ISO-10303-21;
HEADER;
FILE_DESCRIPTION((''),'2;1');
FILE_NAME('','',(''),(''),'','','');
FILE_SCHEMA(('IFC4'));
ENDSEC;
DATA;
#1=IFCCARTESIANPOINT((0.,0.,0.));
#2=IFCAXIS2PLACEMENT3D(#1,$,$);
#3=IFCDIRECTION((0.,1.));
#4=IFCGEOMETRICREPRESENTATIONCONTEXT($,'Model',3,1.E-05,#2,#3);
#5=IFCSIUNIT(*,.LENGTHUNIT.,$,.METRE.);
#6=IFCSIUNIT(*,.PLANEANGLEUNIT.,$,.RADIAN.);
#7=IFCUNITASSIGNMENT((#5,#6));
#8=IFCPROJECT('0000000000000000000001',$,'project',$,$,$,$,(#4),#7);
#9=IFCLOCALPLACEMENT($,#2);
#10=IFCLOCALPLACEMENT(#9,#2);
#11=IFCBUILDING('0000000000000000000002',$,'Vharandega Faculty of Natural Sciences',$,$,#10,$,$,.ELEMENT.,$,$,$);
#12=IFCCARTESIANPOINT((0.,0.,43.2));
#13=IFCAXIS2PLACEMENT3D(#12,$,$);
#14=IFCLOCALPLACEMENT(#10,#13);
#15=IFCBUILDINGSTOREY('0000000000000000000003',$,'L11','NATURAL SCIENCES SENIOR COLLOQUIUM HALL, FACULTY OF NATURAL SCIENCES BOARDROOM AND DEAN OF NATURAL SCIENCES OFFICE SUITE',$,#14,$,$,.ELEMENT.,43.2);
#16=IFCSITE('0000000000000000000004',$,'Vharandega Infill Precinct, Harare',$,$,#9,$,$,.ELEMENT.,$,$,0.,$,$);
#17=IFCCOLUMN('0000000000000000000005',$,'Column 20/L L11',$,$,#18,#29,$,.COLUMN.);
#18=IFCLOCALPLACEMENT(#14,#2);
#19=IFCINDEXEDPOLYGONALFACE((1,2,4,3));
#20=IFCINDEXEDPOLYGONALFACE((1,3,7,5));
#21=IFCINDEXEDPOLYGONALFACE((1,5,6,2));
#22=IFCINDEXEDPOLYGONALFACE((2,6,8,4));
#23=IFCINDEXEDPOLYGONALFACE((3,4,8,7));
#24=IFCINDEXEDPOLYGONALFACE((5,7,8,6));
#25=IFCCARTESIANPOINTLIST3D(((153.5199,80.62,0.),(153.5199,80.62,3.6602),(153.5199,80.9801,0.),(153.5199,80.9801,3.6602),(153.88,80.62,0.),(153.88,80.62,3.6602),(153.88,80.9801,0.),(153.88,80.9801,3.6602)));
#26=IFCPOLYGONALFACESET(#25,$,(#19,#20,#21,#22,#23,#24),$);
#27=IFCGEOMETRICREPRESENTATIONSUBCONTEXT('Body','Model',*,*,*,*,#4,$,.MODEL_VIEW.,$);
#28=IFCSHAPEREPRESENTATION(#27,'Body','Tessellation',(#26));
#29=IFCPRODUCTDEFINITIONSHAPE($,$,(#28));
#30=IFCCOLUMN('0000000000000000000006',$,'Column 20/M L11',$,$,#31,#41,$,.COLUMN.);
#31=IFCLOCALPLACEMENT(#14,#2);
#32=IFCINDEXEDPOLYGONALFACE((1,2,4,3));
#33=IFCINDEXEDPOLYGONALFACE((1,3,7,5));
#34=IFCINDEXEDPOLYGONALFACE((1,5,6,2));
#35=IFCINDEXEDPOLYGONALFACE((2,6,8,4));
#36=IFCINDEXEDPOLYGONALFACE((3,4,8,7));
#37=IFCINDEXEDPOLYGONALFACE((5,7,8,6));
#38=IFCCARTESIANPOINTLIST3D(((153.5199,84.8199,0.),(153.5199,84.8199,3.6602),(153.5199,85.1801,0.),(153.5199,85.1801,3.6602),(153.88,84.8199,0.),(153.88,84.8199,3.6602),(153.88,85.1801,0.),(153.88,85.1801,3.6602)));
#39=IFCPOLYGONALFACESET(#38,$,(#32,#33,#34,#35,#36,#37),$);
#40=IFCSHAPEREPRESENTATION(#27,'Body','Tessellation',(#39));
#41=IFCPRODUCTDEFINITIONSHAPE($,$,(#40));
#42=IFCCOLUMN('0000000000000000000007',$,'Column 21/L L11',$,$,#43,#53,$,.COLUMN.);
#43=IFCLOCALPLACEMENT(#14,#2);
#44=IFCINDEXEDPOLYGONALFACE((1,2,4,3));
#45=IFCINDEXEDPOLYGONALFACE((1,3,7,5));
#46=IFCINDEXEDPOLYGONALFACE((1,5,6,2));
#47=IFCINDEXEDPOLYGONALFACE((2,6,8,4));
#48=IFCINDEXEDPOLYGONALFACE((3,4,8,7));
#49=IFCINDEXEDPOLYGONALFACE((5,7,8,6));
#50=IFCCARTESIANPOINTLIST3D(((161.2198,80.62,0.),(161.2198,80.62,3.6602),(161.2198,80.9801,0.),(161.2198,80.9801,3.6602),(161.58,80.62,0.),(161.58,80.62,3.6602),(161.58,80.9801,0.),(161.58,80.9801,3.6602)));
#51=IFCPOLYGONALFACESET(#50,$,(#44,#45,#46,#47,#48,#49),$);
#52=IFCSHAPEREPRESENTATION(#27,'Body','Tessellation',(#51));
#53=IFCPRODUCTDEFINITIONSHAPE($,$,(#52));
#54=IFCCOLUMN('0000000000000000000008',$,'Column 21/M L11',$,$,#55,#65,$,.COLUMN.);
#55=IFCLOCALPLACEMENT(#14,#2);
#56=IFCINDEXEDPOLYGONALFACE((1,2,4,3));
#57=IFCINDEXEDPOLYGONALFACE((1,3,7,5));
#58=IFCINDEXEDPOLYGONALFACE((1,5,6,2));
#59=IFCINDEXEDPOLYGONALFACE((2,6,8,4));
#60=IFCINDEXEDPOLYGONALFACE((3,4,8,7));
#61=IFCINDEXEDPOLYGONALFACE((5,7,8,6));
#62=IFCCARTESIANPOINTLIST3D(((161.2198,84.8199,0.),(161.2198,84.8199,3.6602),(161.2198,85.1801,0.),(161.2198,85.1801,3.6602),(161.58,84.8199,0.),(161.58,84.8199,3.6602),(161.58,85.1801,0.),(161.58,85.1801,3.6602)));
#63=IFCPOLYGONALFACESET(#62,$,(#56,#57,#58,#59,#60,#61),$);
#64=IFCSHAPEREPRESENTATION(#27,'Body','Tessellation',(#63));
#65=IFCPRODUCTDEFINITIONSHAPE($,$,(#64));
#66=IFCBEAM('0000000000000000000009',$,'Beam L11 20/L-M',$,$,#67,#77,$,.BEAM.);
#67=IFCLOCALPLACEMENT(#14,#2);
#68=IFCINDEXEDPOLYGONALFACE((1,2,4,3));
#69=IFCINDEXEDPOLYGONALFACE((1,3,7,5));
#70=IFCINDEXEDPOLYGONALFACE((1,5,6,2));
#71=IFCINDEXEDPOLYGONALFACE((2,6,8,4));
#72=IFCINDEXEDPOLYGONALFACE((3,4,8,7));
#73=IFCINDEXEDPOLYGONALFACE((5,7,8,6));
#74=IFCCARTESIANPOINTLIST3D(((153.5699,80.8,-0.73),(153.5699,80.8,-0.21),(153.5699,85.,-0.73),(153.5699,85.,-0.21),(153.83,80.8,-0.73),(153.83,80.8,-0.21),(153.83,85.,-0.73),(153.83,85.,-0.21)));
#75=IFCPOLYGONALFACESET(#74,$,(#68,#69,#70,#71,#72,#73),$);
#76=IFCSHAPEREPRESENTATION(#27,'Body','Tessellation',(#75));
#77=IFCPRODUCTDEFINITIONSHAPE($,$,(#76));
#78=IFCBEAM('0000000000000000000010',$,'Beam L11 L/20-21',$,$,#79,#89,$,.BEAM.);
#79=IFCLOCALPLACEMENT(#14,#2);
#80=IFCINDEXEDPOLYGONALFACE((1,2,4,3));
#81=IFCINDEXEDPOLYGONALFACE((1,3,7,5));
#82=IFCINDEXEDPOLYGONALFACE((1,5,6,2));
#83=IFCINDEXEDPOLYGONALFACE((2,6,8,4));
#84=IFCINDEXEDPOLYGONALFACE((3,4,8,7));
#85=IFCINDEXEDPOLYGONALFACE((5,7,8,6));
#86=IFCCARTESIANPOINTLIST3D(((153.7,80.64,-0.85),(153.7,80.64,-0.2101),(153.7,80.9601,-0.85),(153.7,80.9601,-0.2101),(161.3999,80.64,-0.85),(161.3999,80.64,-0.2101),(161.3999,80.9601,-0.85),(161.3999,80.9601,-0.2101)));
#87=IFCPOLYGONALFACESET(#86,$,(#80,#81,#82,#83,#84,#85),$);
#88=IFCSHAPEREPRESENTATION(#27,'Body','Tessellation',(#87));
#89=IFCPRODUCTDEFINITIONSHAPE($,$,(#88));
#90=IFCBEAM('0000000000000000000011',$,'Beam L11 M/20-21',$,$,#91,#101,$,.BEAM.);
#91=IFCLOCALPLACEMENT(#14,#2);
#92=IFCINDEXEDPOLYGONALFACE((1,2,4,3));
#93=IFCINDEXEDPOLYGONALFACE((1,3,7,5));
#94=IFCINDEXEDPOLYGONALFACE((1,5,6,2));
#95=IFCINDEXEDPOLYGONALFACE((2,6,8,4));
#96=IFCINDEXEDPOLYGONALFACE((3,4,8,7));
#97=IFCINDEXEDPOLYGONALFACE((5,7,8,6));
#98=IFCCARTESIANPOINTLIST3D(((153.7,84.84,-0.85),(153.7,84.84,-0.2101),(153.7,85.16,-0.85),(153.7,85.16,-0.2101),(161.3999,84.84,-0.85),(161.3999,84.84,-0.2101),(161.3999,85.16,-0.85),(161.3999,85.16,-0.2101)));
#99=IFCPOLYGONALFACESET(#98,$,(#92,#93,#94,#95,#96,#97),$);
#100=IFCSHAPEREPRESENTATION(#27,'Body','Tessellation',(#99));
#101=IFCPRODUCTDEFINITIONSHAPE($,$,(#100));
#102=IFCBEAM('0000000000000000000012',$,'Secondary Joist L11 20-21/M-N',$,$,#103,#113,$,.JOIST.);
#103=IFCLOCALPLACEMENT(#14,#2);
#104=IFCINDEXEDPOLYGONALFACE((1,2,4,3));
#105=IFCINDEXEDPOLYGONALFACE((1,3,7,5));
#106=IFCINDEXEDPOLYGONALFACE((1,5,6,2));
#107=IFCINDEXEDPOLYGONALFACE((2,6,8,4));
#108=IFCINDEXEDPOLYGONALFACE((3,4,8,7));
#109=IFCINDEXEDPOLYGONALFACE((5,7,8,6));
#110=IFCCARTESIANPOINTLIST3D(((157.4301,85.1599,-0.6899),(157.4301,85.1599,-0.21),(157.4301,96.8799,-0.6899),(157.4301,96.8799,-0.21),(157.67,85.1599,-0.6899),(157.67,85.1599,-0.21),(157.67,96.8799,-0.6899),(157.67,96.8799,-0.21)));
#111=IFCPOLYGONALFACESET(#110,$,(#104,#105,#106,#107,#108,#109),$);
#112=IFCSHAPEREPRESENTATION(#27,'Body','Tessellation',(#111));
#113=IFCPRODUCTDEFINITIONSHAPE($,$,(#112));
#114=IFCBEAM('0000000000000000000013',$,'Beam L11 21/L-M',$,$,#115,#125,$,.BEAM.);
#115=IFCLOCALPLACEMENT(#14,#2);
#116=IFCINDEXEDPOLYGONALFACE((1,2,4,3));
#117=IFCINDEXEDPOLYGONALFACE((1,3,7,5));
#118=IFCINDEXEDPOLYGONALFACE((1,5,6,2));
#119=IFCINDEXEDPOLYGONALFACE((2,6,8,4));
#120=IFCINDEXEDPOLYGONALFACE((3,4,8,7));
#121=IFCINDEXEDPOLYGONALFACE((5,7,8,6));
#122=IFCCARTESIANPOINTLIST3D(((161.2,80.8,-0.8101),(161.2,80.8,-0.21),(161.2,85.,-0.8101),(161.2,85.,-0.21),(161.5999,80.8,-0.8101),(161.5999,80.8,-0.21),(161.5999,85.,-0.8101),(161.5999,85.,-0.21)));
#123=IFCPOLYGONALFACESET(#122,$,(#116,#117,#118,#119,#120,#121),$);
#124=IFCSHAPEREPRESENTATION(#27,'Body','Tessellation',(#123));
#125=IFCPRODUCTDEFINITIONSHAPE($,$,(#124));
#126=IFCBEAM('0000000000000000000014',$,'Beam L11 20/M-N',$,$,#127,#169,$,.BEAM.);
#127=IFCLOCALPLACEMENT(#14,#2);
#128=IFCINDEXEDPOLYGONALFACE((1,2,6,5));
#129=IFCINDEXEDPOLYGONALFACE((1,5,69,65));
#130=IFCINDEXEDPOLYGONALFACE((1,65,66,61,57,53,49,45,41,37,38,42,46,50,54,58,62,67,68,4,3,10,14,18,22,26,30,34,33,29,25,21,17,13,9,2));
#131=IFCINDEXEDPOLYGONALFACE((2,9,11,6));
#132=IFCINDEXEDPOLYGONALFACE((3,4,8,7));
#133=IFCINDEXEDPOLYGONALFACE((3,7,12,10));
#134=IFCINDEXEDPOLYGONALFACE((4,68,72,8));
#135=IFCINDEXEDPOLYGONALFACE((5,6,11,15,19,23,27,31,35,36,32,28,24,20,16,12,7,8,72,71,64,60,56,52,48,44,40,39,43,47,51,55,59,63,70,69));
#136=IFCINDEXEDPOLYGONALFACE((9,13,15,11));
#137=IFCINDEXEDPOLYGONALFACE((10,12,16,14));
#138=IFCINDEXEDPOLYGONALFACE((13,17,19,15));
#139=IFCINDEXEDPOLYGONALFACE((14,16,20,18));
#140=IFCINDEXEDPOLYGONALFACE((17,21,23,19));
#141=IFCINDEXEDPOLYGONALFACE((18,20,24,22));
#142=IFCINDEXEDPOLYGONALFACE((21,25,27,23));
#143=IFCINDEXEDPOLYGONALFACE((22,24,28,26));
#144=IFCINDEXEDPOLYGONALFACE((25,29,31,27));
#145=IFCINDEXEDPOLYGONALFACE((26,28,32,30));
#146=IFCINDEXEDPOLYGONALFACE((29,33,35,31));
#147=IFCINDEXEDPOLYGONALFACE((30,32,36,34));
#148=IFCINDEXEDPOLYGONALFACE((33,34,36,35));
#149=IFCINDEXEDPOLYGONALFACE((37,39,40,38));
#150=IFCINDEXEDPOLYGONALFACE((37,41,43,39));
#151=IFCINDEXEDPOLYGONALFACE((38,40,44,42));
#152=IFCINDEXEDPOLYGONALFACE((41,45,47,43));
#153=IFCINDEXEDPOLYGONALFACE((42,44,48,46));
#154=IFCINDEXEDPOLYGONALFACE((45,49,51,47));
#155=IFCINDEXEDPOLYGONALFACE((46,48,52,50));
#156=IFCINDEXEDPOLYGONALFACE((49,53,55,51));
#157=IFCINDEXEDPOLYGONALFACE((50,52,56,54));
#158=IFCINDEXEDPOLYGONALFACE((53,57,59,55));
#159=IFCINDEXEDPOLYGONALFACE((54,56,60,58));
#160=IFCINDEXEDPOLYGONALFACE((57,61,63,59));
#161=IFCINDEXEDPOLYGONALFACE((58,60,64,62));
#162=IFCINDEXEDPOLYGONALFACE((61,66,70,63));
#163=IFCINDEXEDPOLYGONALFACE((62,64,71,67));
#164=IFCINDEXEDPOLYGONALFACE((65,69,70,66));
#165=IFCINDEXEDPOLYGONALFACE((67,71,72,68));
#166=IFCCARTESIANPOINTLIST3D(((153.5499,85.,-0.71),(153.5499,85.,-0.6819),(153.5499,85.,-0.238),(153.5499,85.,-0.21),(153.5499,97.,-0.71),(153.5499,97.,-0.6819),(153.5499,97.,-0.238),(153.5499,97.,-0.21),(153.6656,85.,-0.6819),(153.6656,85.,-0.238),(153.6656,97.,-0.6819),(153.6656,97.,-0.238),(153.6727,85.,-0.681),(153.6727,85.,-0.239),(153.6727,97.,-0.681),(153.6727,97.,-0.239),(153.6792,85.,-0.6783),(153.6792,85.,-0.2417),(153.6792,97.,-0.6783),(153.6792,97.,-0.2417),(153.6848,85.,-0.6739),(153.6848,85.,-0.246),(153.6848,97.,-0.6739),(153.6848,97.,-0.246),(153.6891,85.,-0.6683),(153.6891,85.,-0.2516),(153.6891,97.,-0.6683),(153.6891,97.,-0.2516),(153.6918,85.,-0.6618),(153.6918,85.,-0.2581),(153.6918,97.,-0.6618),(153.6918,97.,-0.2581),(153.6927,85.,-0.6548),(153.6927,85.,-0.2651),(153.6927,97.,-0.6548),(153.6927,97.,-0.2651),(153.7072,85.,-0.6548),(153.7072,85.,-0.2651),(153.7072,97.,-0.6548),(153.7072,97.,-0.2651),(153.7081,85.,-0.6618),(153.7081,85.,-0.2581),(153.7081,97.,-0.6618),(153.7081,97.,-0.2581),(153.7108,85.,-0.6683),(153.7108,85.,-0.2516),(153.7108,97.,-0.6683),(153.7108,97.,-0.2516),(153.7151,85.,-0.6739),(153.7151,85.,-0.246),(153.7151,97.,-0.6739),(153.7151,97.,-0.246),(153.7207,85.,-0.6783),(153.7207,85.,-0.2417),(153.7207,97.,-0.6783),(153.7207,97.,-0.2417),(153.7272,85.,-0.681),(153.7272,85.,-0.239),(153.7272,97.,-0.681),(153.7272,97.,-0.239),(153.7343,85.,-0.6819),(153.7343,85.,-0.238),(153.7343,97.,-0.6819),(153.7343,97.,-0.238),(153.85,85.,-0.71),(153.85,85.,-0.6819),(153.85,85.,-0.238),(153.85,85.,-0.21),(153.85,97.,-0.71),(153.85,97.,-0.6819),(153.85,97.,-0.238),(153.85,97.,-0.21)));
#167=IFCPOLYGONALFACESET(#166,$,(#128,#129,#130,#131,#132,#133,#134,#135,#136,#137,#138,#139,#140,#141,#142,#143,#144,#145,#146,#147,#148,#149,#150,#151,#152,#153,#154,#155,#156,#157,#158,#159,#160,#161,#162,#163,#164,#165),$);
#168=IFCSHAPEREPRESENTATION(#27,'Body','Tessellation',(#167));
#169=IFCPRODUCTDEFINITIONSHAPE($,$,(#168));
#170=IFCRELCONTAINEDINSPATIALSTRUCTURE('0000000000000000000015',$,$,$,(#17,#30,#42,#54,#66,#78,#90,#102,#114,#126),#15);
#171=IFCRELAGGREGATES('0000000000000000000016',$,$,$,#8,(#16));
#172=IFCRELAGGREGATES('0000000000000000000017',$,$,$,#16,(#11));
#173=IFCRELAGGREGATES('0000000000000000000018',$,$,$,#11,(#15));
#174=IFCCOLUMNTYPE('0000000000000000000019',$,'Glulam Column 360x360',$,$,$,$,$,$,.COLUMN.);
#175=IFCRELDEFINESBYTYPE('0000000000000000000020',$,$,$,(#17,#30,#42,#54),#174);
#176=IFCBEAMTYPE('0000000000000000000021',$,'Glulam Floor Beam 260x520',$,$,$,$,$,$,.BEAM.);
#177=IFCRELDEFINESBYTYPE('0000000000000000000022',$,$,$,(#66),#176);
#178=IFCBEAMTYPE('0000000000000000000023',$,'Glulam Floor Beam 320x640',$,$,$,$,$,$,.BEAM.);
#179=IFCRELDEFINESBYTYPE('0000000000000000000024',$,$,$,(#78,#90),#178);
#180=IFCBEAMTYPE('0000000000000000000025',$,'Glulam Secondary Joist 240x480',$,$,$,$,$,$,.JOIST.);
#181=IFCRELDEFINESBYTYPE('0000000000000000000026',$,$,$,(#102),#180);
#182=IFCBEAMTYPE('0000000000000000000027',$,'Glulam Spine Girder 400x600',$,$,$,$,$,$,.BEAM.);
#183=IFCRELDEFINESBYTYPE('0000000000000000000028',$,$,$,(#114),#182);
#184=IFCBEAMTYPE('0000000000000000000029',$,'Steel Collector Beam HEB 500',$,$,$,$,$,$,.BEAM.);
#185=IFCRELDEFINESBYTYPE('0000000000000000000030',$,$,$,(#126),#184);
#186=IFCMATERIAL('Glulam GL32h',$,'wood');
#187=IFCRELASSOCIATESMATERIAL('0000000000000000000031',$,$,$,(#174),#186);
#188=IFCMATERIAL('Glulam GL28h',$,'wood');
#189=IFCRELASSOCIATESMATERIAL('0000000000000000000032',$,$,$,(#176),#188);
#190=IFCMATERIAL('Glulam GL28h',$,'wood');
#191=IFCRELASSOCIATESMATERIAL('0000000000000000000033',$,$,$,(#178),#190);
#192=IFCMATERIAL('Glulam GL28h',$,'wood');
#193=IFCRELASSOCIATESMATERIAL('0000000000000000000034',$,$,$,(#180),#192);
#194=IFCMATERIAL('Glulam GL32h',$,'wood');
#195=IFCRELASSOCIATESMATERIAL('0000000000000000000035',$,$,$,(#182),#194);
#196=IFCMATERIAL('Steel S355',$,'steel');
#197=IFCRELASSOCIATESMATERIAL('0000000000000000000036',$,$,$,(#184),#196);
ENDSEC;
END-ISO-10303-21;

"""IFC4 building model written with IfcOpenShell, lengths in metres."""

from ifc_helpers import new_model, si_unit, direction, frame, origin, origin_2d, place, context, subcontext, project, spatial, rectangle, i_section, extrude, material, material_profile, profile_set, type_object, element, save


model = new_model("IFC4")

# Units and contexts
model_context = context("Model", 3, precision=1e-05, world=origin(), true_north=direction((0.0, 1.0)))
body_context = subcontext(model_context, "Body", "Model", "MODEL_VIEW")
ifc_project = project(units=[si_unit("LENGTHUNIT", "METRE"), si_unit("PLANEANGLEUNIT", "RADIAN")], contexts=[model_context])

# Site, building, storey
site_placement = place(None, origin())
site = spatial("IfcSite", under=ifc_project, at=site_placement, Name="Vharandega Infill Precinct, Harare", CompositionType="ELEMENT", RefElevation=0.0)
building_placement = place(site_placement, origin())
building = spatial("IfcBuilding", under=site, at=building_placement, Name="Vharandega Faculty of Natural Sciences", CompositionType="ELEMENT")
storey_placement = place(building_placement, frame((0.0, 0.0, 43.2)))
storey = spatial("IfcBuildingStorey", under=building, at=storey_placement, Name="L11", Description="NATURAL SCIENCES SENIOR COLLOQUIUM HALL, FACULTY OF NATURAL SCIENCES BOARDROOM AND DEAN OF NATURAL SCIENCES OFFICE SUITE", CompositionType="ELEMENT", Elevation=43.2)

# Columns
ifc_material_1 = material(Name="Glulam GL32h", Category="wood")
ifc_material_profile_1 = material_profile(ifc_material_1, rectangle(XDim=0.3601, YDim=0.3601, at=origin_2d()), Name="GL32h 360x360")
ifc_profile_set_1 = profile_set([ifc_material_profile_1], Name="Glulam GL32h")
column_type = type_object("IfcColumnType", Name="Glulam Column 360x360", PredefinedType="COLUMN", material=ifc_profile_set_1)
for number, where, z_axis, x_axis, name in (
    (1, (153.7, 80.8, 0.0), (0.0, 0.0, 1.0), (1.0, 0.0, 0.0), "Column 20/L L11"),
    (2, (153.7, 85.0, 0.0), (0.0, 0.0, 1.0), (1.0, 0.0, 0.0), "Column 20/M L11"),
    (3, (161.3999, 80.8, 0.0), (0.0, 0.0, 1.0), (1.0, 0.0, 0.0), "Column 21/L L11"),
    (4, (161.3999, 85.0, 0.0), (0.0, 0.0, 1.0), (1.0, 0.0, 0.0), "Column 21/M L11"),
):
    element("IfcColumn", number, at=place(storey_placement, frame(where, z_axis=z_axis, x_axis=x_axis)), inside=storey, type_object=column_type, Name=name, PredefinedType="COLUMN", context=body_context, shape_type="SweptSolid", body=[
        extrude(rectangle(XDim=0.3601, YDim=0.3601, at=origin_2d()), origin(), (0.0, 0.0, 1.0), 3.6602),
    ])

# Beams
ifc_material_2 = material(Name="Glulam GL28h", Category="wood")
ifc_material_profile_2 = material_profile(ifc_material_2, rectangle(XDim=0.26, YDim=0.52, at=origin_2d()), Name="GL28h 260x520")
ifc_profile_set_2 = profile_set([ifc_material_profile_2], Name="Glulam GL28h")
beam_type_1 = type_object("IfcBeamType", Name="Glulam Floor Beam 260x520", PredefinedType="BEAM", material=ifc_profile_set_2)
beam_1_placement = place(storey_placement, frame((153.7, 80.8, -0.47), z_axis=(0.0, 1.0, 0.0), x_axis=(-1.0, 0.0, 0.0)))
element("IfcBeam", 5, at=beam_1_placement, inside=storey, type_object=beam_type_1, Name="Beam L11 20/L-M", PredefinedType="BEAM", context=body_context, shape_type="SweptSolid", body=[
    extrude(rectangle(XDim=0.26, YDim=0.52, at=origin_2d()), origin(), (0.0, 0.0, 1.0), 4.2),
])
ifc_material_3 = material(Name="Glulam GL28h", Category="wood")
ifc_material_profile_3 = material_profile(ifc_material_3, rectangle(XDim=0.3201, YDim=0.6399, at=origin_2d()), Name="GL28h 320x640")
ifc_profile_set_3 = profile_set([ifc_material_profile_3], Name="Glulam GL28h")
beam_type_2 = type_object("IfcBeamType", Name="Glulam Floor Beam 320x640", PredefinedType="BEAM", material=ifc_profile_set_3)
for number, where, z_axis, x_axis, name in (
    (6, (153.7, 80.8, -0.53), (1.0, 0.0, 0.0), (0.0, 1.0, 0.0), "Beam L11 L/20-21"),
    (7, (153.7, 85.0, -0.53), (1.0, 0.0, 0.0), (0.0, 1.0, 0.0), "Beam L11 M/20-21"),
):
    element("IfcBeam", number, at=place(storey_placement, frame(where, z_axis=z_axis, x_axis=x_axis)), inside=storey, type_object=beam_type_2, Name=name, PredefinedType="BEAM", context=body_context, shape_type="SweptSolid", body=[
        extrude(rectangle(XDim=0.3201, YDim=0.6399, at=origin_2d()), origin(), (0.0, 0.0, 1.0), 7.7),
    ])
ifc_material_4 = material(Name="Glulam GL28h", Category="wood")
ifc_material_profile_4 = material_profile(ifc_material_4, rectangle(XDim=0.24, YDim=0.48, at=origin_2d()), Name="GL28h 240x480")
ifc_profile_set_4 = profile_set([ifc_material_profile_4], Name="Glulam GL28h")
beam_type_3 = type_object("IfcBeamType", Name="Glulam Secondary Joist 240x480", PredefinedType="JOIST", material=ifc_profile_set_4)
beam_2_placement = place(storey_placement, frame((157.55, 85.1599, -0.45), z_axis=(0.0, 1.0, 0.0), x_axis=(-1.0, 0.0, 0.0)))
element("IfcBeam", 8, at=beam_2_placement, inside=storey, type_object=beam_type_3, Name="Secondary Joist L11 20-21/M-N", PredefinedType="JOIST", context=body_context, shape_type="SweptSolid", body=[
    extrude(rectangle(XDim=0.24, YDim=0.48, at=origin_2d()), origin(), (0.0, 0.0, 1.0), 11.72),
])
ifc_material_5 = material(Name="Glulam GL32h", Category="wood")
ifc_material_profile_5 = material_profile(ifc_material_5, rectangle(XDim=0.3999, YDim=0.6001, at=origin_2d()), Name="GL32h 400x600")
ifc_profile_set_5 = profile_set([ifc_material_profile_5], Name="Glulam GL32h")
beam_type_4 = type_object("IfcBeamType", Name="Glulam Spine Girder 400x600", PredefinedType="BEAM", material=ifc_profile_set_5)
beam_3_placement = place(storey_placement, frame((161.3999, 80.8, -0.51), z_axis=(0.0, 1.0, 0.0), x_axis=(-1.0, 0.0, 0.0)))
element("IfcBeam", 9, at=beam_3_placement, inside=storey, type_object=beam_type_4, Name="Beam L11 21/L-M", PredefinedType="BEAM", context=body_context, shape_type="SweptSolid", body=[
    extrude(rectangle(XDim=0.3999, YDim=0.6001, at=origin_2d()), origin(), (0.0, 0.0, 1.0), 4.2),
])
ifc_material_6 = material(Name="Steel S355", Category="steel")
ifc_material_profile_6 = material_profile(ifc_material_6, i_section(OverallWidth=0.3, OverallDepth=0.5, WebThickness=0.0144, FlangeThickness=0.0281, FilletRadius=0.0271, at=origin_2d()), Name="HEB 500")
ifc_profile_set_6 = profile_set([ifc_material_profile_6], Name="Steel S355")
beam_type_5 = type_object("IfcBeamType", Name="Steel Collector Beam HEB 500", PredefinedType="BEAM", material=ifc_profile_set_6)
for number, where, z_axis, x_axis, name in (
    (10, (153.7, 85.0, -0.46), (0.0, 1.0, 0.0), (-1.0, 0.0, 0.0), "Beam L11 20/M-N"),
):
    element("IfcBeam", number, at=place(storey_placement, frame(where, z_axis=z_axis, x_axis=x_axis)), inside=storey, type_object=beam_type_5, Name=name, PredefinedType="BEAM", context=body_context, shape_type="SweptSolid", body=[
        extrude(i_section(OverallWidth=0.3, OverallDepth=0.5, WebThickness=0.0144, FlangeThickness=0.0281, FilletRadius=0.0271, at=origin_2d()), origin(), (0.0, 0.0, 1.0), 12.0),
    ])

save(model, "model.ifc")
